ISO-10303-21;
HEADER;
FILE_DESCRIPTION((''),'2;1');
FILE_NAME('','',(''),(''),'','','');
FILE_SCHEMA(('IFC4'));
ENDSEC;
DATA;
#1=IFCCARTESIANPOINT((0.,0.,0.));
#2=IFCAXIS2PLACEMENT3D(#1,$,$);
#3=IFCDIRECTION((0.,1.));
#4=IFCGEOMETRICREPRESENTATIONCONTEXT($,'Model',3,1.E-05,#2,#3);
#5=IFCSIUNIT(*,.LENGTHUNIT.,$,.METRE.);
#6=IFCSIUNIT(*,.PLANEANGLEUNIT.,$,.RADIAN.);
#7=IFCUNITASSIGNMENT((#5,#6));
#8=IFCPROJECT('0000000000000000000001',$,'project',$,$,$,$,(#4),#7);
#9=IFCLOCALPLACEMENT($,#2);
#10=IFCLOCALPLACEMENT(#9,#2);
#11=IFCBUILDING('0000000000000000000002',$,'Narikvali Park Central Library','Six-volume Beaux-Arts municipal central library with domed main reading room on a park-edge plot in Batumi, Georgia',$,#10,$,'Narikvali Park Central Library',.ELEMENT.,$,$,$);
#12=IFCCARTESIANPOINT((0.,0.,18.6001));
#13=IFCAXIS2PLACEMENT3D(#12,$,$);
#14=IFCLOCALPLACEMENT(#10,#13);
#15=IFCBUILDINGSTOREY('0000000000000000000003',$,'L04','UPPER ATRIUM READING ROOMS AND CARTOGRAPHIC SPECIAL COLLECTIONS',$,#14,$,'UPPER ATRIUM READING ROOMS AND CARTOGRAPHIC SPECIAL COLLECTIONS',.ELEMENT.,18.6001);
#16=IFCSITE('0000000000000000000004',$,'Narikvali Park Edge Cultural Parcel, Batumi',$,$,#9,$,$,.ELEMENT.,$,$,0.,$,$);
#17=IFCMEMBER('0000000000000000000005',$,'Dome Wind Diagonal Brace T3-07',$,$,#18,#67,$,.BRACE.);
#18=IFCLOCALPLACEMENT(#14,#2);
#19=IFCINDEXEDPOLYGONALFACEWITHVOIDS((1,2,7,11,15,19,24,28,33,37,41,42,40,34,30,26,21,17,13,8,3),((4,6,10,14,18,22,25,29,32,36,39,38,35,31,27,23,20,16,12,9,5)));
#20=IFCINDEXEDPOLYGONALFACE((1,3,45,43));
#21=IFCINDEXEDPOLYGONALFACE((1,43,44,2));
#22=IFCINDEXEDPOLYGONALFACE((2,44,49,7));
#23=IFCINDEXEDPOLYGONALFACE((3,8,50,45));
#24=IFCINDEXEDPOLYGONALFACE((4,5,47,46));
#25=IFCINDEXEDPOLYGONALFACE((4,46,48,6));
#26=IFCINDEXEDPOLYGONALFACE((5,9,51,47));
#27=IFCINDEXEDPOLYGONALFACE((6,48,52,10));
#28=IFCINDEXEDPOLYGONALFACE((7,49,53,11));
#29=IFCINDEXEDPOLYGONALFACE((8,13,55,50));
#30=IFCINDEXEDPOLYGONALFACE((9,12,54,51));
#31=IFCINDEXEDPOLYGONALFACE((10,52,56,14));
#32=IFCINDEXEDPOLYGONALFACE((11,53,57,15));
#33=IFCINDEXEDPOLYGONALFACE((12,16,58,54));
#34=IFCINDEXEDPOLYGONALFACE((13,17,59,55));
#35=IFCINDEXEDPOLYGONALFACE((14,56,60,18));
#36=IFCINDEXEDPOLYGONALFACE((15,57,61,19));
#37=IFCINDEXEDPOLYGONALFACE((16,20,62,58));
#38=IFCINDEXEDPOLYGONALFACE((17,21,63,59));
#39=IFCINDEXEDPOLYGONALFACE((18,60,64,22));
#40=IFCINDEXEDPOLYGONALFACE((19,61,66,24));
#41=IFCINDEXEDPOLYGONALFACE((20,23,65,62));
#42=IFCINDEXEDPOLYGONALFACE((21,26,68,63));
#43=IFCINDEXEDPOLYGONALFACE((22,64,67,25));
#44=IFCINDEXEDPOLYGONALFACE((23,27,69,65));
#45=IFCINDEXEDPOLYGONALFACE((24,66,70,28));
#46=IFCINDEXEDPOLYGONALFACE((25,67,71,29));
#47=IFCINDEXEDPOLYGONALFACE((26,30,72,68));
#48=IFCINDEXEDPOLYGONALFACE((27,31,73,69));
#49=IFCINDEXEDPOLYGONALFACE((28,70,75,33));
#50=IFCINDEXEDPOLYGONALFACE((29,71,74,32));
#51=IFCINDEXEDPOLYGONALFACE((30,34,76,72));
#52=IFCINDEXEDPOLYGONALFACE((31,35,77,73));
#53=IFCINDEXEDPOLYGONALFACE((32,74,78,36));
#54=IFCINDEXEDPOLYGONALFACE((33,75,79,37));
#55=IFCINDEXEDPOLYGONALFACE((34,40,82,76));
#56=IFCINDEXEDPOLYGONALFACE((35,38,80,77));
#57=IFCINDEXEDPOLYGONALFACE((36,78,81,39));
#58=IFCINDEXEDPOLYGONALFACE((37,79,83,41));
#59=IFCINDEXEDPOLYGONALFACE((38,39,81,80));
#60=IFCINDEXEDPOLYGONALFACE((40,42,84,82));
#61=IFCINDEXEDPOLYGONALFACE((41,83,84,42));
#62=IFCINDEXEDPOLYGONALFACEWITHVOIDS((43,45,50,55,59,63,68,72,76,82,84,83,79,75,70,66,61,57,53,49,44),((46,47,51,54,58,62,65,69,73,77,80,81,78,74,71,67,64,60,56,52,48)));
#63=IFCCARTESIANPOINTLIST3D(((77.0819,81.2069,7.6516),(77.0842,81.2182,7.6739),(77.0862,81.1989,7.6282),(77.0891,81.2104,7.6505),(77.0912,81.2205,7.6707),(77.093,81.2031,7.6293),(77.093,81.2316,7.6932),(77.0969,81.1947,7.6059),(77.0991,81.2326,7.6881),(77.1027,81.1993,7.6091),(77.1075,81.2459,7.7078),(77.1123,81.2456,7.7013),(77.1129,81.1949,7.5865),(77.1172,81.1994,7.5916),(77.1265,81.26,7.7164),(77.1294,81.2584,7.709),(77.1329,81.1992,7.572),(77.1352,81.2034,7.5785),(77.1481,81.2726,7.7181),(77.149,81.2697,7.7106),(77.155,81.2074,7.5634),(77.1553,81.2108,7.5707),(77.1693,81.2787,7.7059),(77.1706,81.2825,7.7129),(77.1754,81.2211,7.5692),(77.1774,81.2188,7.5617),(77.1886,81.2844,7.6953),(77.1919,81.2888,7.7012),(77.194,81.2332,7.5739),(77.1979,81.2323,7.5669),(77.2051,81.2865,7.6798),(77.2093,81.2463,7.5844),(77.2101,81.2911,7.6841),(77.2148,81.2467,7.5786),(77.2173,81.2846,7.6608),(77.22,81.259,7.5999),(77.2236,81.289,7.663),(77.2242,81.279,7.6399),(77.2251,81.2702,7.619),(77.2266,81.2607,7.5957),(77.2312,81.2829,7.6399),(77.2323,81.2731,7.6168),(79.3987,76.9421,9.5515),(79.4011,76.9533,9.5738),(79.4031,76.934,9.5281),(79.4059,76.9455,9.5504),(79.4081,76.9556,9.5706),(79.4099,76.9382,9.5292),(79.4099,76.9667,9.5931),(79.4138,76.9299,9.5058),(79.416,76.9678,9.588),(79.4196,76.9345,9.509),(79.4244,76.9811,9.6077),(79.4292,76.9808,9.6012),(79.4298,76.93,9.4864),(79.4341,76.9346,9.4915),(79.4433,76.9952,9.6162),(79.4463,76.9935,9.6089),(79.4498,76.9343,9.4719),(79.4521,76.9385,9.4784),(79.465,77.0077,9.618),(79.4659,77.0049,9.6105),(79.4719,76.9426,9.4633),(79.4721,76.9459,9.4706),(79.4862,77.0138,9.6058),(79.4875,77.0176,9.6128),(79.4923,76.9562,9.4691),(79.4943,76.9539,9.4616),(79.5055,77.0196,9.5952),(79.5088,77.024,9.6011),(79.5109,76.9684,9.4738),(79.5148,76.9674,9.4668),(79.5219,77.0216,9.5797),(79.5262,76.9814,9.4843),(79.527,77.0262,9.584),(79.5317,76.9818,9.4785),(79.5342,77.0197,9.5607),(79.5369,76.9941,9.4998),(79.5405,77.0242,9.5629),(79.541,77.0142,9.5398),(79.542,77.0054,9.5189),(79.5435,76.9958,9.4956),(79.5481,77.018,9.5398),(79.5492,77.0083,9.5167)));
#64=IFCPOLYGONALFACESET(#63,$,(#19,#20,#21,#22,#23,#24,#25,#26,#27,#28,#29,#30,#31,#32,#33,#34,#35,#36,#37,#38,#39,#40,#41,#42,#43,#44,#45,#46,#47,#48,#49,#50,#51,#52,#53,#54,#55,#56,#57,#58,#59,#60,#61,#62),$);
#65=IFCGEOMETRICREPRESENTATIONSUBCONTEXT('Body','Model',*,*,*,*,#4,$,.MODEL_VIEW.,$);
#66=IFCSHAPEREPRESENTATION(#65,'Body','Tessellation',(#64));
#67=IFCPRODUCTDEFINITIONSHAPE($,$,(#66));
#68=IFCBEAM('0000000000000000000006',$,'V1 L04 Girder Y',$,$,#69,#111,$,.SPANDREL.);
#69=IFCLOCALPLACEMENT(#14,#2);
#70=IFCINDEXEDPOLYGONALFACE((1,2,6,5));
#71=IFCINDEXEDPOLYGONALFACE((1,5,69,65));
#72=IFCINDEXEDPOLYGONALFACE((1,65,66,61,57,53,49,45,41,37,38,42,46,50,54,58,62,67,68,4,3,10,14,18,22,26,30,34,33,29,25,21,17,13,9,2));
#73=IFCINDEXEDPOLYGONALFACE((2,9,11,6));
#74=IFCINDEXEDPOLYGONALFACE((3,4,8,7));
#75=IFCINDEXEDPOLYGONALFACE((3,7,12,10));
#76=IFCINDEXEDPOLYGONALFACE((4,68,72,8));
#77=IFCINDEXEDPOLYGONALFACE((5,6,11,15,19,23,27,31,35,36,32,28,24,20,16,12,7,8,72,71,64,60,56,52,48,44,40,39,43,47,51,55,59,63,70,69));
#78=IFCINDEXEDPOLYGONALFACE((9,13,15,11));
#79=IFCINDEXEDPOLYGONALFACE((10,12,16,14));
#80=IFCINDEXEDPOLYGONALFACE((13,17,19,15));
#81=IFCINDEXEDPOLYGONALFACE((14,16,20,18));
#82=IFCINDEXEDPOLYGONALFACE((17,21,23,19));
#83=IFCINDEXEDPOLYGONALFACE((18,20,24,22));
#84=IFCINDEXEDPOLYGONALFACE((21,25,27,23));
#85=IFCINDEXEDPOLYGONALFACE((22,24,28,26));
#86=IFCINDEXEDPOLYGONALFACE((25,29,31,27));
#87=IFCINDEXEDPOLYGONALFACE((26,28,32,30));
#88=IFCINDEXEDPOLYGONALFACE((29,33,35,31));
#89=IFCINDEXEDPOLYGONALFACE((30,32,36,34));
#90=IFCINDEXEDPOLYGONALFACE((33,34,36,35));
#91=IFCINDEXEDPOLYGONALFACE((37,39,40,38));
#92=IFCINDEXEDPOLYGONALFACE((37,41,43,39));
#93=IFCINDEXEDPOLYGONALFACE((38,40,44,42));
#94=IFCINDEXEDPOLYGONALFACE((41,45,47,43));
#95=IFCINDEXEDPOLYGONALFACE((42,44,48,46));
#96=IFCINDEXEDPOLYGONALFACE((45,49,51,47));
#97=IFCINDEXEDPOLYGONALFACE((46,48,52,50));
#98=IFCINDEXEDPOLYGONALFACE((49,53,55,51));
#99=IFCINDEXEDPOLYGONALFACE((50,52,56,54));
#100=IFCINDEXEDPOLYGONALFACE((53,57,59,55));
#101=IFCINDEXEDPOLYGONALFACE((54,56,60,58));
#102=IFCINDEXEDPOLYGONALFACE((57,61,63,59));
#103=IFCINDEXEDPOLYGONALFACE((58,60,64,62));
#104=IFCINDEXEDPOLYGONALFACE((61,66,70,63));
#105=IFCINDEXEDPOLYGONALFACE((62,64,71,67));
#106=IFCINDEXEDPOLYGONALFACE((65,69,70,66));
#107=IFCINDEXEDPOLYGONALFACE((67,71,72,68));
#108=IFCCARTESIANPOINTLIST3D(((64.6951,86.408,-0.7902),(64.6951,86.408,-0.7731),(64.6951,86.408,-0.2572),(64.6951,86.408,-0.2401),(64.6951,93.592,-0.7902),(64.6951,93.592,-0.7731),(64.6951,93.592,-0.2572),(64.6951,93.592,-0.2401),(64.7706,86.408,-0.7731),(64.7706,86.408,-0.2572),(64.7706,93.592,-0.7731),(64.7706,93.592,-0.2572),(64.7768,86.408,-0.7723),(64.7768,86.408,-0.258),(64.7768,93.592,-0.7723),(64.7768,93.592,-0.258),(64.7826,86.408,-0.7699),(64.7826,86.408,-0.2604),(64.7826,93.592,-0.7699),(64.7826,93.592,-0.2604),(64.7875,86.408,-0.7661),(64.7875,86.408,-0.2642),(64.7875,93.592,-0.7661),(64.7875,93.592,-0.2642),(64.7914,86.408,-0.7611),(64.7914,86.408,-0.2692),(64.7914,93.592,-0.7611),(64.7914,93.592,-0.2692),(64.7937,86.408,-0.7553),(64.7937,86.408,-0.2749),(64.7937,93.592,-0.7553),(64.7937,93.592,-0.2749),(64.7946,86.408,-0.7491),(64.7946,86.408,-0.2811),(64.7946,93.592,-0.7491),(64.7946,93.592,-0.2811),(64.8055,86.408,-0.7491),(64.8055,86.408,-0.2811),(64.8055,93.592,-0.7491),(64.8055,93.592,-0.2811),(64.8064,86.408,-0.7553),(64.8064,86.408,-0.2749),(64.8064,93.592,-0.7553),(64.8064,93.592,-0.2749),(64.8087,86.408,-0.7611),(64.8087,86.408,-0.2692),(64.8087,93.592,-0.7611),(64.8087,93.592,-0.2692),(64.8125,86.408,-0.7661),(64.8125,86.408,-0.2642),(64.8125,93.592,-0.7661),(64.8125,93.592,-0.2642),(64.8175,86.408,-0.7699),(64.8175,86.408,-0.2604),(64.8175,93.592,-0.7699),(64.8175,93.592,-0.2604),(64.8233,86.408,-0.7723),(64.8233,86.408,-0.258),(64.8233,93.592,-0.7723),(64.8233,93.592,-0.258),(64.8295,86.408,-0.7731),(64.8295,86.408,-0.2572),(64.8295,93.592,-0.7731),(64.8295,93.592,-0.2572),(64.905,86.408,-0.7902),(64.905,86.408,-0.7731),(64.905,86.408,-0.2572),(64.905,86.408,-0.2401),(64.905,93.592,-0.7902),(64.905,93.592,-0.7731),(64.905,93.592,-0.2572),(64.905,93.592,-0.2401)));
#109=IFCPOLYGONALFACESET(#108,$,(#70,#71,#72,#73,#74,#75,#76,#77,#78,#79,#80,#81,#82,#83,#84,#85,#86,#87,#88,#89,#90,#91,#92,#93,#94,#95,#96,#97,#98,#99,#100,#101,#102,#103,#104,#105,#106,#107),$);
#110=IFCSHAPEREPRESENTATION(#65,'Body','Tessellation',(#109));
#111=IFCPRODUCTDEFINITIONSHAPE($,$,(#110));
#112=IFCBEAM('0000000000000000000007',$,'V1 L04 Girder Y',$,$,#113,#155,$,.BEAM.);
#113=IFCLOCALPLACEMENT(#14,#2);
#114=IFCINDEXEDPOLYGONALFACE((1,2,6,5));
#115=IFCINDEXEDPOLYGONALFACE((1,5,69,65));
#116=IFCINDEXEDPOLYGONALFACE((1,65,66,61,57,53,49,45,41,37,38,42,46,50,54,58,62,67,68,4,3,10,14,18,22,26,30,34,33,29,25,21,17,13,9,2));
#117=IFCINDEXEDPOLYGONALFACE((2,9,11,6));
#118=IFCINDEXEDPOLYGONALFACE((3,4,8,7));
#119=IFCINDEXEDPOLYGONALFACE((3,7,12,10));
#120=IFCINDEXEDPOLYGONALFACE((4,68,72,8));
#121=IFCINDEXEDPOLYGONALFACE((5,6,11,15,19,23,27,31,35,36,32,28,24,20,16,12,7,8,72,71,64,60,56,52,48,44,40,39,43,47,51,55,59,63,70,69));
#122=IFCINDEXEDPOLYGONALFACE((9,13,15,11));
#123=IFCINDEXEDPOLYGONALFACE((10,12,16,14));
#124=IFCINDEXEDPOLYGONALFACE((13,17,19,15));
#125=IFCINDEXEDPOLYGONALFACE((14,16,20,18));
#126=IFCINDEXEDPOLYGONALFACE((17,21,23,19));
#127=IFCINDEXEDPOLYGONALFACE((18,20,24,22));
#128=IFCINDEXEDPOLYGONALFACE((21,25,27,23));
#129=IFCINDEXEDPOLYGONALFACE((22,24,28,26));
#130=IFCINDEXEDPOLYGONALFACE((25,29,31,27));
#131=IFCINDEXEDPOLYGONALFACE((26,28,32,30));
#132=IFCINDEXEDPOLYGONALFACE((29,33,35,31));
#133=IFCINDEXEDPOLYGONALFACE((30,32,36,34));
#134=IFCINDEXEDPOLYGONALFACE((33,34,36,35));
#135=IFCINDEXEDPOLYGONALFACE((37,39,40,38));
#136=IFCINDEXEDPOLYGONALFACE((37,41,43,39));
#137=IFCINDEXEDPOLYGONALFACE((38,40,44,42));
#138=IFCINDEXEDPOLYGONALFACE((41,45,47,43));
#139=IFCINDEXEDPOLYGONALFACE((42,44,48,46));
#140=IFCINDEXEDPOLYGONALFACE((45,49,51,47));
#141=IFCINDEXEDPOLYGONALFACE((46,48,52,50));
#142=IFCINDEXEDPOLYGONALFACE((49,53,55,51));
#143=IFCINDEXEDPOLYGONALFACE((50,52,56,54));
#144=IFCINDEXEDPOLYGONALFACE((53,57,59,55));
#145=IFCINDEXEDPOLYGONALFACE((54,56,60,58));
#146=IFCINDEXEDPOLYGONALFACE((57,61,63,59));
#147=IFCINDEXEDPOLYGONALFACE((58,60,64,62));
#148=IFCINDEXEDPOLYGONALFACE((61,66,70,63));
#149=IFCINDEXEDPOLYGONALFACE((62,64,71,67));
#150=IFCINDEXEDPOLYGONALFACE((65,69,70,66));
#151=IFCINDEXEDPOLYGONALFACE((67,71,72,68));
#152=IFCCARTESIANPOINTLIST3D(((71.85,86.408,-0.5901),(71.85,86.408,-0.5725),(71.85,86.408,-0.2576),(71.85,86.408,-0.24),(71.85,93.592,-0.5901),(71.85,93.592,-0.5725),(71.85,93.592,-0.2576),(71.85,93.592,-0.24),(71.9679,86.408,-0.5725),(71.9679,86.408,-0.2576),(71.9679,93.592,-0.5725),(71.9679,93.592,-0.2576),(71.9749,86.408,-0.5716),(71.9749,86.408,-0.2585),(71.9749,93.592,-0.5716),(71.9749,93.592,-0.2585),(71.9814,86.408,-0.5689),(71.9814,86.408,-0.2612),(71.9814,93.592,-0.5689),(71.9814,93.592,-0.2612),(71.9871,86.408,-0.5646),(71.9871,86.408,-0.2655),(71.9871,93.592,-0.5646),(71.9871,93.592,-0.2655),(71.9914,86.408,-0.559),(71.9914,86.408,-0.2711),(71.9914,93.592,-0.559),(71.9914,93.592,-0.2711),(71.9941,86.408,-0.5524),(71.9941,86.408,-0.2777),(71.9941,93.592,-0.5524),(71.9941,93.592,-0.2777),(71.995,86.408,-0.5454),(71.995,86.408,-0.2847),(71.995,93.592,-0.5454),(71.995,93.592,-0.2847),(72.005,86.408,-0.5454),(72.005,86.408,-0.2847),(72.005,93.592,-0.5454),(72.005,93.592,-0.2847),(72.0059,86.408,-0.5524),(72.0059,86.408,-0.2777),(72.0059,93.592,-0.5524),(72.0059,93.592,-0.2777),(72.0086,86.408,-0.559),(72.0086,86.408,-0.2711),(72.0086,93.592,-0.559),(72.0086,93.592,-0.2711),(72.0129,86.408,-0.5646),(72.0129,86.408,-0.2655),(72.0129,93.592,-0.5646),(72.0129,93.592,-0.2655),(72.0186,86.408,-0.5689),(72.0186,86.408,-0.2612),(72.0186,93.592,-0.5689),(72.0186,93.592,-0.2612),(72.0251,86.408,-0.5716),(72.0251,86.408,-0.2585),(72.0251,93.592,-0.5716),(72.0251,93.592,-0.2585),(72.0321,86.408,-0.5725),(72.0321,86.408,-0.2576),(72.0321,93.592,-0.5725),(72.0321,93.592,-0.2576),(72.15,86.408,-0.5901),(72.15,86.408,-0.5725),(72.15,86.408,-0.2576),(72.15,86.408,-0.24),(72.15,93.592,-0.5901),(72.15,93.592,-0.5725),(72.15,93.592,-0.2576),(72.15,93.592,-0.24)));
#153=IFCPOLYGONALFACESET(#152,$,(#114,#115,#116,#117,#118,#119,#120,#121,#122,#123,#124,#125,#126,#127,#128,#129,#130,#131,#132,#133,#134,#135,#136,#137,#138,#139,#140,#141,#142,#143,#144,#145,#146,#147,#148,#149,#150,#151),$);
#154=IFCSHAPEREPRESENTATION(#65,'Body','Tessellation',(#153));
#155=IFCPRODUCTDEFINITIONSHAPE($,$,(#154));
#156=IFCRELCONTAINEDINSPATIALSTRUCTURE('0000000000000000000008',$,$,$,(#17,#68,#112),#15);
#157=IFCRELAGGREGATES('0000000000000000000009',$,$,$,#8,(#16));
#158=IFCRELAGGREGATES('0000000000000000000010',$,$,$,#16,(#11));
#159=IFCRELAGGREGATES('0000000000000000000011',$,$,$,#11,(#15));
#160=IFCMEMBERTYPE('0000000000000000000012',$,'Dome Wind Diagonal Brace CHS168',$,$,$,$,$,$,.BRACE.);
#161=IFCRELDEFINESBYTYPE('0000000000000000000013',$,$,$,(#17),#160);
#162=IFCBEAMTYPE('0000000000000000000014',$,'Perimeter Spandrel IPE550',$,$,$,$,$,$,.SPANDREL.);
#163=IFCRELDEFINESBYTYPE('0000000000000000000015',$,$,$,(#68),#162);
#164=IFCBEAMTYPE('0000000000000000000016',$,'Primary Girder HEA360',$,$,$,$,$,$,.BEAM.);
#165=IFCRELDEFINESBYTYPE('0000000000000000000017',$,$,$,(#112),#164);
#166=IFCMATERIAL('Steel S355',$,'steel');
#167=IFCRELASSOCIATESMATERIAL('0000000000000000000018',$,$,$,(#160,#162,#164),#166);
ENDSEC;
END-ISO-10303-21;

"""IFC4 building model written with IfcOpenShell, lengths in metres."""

from ifc_helpers import new_model, si_unit, direction, frame, origin, origin_2d, place, context, subcontext, project, spatial, hollow_circle, i_section, extrude, material, material_profile, profile_set, type_object, element, save


model = new_model("IFC4")

# Units and contexts
model_context = context("Model", 3, precision=1e-05, world=origin(), true_north=direction((0.0, 1.0)))
body_context = subcontext(model_context, "Body", "Model", "MODEL_VIEW")
ifc_project = project(units=[si_unit("LENGTHUNIT", "METRE"), si_unit("PLANEANGLEUNIT", "RADIAN")], contexts=[model_context])

# Site, building, storey
site_placement = place(None, origin())
site = spatial("IfcSite", under=ifc_project, at=site_placement, Name="Narikvali Park Edge Cultural Parcel, Batumi", CompositionType="ELEMENT", RefElevation=0.0)
building_placement = place(site_placement, origin())
building = spatial("IfcBuilding", under=site, at=building_placement, Name="Narikvali Park Central Library", Description="Six-volume Beaux-Arts municipal central library with domed main reading room on a park-edge plot in Batumi, Georgia", LongName="Narikvali Park Central Library", CompositionType="ELEMENT")
storey_placement = place(building_placement, frame((0.0, 0.0, 18.6001)))
storey = spatial("IfcBuildingStorey", under=building, at=storey_placement, Name="L04", Description="UPPER ATRIUM READING ROOMS AND CARTOGRAPHIC SPECIAL COLLECTIONS", LongName="UPPER ATRIUM READING ROOMS AND CARTOGRAPHIC SPECIAL COLLECTIONS", CompositionType="ELEMENT", Elevation=18.6001)

# Shared definitions
ifc_material_1 = material(Name="Steel S355", Category="steel")

# Member
ifc_material_profile_1 = material_profile(ifc_material_1, hollow_circle(Radius=0.0842, WallThickness=0.0081, at=origin_2d()), Name="CHS 168.3x8")
ifc_profile_set_1 = profile_set([ifc_material_profile_1], Name="Steel S355")
member_type_1 = type_object("IfcMemberType", Name="Dome Wind Diagonal Brace CHS168", PredefinedType="BRACE", material=ifc_profile_set_1)
member_1_placement = place(storey_placement, frame((77.1572, 81.2427, 7.6399), z_axis=(0.444514, -0.818253, 0.364511), x_axis=(0.878709, 0.477357, 0.0)))
element("IfcMember", 1, at=member_1_placement, inside=storey, type_object=member_type_1, Name="Dome Wind Diagonal Brace T3-07", PredefinedType="BRACE", context=body_context, shape_type="SweptSolid", body=[
    extrude(hollow_circle(Radius=0.0842, WallThickness=0.0081, at=origin_2d()), origin(), (0.0, 0.0, 1.0), 5.2122),
])

# Beams
ifc_material_profile_2 = material_profile(ifc_material_1, i_section(OverallWidth=0.21, OverallDepth=0.55, WebThickness=0.011, FlangeThickness=0.0171, FilletRadius=0.0239, at=origin_2d()), Name="IPE 550")
ifc_profile_set_2 = profile_set([ifc_material_profile_2], Name="Steel S355")
beam_type_1 = type_object("IfcBeamType", Name="Perimeter Spandrel IPE550", PredefinedType="SPANDREL", material=ifc_profile_set_2)
beam_1_placement = place(storey_placement, frame((64.8, 86.408, -0.5151), z_axis=(0.0, 1.0, 0.0), x_axis=(-1.0, 0.0, 0.0)))
element("IfcBeam", 2, at=beam_1_placement, inside=storey, type_object=beam_type_1, Name="V1 L04 Girder Y", PredefinedType="SPANDREL", context=body_context, shape_type="SweptSolid", body=[
    extrude(i_section(OverallWidth=0.21, OverallDepth=0.55, WebThickness=0.011, FlangeThickness=0.0171, FilletRadius=0.0239, at=origin_2d()), origin(), (0.0, 0.0, 1.0), 7.1841),
])
ifc_material_profile_3 = material_profile(ifc_material_1, i_section(OverallWidth=0.3, OverallDepth=0.3501, WebThickness=0.01, FlangeThickness=0.0176, FilletRadius=0.0271, at=origin_2d()), Name="HEA 360")
ifc_profile_set_3 = profile_set([ifc_material_profile_3], Name="Steel S355")
beam_type_2 = type_object("IfcBeamType", Name="Primary Girder HEA360", PredefinedType="BEAM", material=ifc_profile_set_3)
beam_2_placement = place(storey_placement, frame((72.0, 86.408, -0.415), z_axis=(0.0, 1.0, 0.0), x_axis=(-1.0, 0.0, 0.0)))
element("IfcBeam", 3, at=beam_2_placement, inside=storey, type_object=beam_type_2, Name="V1 L04 Girder Y", PredefinedType="BEAM", context=body_context, shape_type="SweptSolid", body=[
    extrude(i_section(OverallWidth=0.3, OverallDepth=0.3501, WebThickness=0.01, FlangeThickness=0.0176, FilletRadius=0.0271, at=origin_2d()), origin(), (0.0, 0.0, 1.0), 7.1841),
])

save(model, "model.ifc")
